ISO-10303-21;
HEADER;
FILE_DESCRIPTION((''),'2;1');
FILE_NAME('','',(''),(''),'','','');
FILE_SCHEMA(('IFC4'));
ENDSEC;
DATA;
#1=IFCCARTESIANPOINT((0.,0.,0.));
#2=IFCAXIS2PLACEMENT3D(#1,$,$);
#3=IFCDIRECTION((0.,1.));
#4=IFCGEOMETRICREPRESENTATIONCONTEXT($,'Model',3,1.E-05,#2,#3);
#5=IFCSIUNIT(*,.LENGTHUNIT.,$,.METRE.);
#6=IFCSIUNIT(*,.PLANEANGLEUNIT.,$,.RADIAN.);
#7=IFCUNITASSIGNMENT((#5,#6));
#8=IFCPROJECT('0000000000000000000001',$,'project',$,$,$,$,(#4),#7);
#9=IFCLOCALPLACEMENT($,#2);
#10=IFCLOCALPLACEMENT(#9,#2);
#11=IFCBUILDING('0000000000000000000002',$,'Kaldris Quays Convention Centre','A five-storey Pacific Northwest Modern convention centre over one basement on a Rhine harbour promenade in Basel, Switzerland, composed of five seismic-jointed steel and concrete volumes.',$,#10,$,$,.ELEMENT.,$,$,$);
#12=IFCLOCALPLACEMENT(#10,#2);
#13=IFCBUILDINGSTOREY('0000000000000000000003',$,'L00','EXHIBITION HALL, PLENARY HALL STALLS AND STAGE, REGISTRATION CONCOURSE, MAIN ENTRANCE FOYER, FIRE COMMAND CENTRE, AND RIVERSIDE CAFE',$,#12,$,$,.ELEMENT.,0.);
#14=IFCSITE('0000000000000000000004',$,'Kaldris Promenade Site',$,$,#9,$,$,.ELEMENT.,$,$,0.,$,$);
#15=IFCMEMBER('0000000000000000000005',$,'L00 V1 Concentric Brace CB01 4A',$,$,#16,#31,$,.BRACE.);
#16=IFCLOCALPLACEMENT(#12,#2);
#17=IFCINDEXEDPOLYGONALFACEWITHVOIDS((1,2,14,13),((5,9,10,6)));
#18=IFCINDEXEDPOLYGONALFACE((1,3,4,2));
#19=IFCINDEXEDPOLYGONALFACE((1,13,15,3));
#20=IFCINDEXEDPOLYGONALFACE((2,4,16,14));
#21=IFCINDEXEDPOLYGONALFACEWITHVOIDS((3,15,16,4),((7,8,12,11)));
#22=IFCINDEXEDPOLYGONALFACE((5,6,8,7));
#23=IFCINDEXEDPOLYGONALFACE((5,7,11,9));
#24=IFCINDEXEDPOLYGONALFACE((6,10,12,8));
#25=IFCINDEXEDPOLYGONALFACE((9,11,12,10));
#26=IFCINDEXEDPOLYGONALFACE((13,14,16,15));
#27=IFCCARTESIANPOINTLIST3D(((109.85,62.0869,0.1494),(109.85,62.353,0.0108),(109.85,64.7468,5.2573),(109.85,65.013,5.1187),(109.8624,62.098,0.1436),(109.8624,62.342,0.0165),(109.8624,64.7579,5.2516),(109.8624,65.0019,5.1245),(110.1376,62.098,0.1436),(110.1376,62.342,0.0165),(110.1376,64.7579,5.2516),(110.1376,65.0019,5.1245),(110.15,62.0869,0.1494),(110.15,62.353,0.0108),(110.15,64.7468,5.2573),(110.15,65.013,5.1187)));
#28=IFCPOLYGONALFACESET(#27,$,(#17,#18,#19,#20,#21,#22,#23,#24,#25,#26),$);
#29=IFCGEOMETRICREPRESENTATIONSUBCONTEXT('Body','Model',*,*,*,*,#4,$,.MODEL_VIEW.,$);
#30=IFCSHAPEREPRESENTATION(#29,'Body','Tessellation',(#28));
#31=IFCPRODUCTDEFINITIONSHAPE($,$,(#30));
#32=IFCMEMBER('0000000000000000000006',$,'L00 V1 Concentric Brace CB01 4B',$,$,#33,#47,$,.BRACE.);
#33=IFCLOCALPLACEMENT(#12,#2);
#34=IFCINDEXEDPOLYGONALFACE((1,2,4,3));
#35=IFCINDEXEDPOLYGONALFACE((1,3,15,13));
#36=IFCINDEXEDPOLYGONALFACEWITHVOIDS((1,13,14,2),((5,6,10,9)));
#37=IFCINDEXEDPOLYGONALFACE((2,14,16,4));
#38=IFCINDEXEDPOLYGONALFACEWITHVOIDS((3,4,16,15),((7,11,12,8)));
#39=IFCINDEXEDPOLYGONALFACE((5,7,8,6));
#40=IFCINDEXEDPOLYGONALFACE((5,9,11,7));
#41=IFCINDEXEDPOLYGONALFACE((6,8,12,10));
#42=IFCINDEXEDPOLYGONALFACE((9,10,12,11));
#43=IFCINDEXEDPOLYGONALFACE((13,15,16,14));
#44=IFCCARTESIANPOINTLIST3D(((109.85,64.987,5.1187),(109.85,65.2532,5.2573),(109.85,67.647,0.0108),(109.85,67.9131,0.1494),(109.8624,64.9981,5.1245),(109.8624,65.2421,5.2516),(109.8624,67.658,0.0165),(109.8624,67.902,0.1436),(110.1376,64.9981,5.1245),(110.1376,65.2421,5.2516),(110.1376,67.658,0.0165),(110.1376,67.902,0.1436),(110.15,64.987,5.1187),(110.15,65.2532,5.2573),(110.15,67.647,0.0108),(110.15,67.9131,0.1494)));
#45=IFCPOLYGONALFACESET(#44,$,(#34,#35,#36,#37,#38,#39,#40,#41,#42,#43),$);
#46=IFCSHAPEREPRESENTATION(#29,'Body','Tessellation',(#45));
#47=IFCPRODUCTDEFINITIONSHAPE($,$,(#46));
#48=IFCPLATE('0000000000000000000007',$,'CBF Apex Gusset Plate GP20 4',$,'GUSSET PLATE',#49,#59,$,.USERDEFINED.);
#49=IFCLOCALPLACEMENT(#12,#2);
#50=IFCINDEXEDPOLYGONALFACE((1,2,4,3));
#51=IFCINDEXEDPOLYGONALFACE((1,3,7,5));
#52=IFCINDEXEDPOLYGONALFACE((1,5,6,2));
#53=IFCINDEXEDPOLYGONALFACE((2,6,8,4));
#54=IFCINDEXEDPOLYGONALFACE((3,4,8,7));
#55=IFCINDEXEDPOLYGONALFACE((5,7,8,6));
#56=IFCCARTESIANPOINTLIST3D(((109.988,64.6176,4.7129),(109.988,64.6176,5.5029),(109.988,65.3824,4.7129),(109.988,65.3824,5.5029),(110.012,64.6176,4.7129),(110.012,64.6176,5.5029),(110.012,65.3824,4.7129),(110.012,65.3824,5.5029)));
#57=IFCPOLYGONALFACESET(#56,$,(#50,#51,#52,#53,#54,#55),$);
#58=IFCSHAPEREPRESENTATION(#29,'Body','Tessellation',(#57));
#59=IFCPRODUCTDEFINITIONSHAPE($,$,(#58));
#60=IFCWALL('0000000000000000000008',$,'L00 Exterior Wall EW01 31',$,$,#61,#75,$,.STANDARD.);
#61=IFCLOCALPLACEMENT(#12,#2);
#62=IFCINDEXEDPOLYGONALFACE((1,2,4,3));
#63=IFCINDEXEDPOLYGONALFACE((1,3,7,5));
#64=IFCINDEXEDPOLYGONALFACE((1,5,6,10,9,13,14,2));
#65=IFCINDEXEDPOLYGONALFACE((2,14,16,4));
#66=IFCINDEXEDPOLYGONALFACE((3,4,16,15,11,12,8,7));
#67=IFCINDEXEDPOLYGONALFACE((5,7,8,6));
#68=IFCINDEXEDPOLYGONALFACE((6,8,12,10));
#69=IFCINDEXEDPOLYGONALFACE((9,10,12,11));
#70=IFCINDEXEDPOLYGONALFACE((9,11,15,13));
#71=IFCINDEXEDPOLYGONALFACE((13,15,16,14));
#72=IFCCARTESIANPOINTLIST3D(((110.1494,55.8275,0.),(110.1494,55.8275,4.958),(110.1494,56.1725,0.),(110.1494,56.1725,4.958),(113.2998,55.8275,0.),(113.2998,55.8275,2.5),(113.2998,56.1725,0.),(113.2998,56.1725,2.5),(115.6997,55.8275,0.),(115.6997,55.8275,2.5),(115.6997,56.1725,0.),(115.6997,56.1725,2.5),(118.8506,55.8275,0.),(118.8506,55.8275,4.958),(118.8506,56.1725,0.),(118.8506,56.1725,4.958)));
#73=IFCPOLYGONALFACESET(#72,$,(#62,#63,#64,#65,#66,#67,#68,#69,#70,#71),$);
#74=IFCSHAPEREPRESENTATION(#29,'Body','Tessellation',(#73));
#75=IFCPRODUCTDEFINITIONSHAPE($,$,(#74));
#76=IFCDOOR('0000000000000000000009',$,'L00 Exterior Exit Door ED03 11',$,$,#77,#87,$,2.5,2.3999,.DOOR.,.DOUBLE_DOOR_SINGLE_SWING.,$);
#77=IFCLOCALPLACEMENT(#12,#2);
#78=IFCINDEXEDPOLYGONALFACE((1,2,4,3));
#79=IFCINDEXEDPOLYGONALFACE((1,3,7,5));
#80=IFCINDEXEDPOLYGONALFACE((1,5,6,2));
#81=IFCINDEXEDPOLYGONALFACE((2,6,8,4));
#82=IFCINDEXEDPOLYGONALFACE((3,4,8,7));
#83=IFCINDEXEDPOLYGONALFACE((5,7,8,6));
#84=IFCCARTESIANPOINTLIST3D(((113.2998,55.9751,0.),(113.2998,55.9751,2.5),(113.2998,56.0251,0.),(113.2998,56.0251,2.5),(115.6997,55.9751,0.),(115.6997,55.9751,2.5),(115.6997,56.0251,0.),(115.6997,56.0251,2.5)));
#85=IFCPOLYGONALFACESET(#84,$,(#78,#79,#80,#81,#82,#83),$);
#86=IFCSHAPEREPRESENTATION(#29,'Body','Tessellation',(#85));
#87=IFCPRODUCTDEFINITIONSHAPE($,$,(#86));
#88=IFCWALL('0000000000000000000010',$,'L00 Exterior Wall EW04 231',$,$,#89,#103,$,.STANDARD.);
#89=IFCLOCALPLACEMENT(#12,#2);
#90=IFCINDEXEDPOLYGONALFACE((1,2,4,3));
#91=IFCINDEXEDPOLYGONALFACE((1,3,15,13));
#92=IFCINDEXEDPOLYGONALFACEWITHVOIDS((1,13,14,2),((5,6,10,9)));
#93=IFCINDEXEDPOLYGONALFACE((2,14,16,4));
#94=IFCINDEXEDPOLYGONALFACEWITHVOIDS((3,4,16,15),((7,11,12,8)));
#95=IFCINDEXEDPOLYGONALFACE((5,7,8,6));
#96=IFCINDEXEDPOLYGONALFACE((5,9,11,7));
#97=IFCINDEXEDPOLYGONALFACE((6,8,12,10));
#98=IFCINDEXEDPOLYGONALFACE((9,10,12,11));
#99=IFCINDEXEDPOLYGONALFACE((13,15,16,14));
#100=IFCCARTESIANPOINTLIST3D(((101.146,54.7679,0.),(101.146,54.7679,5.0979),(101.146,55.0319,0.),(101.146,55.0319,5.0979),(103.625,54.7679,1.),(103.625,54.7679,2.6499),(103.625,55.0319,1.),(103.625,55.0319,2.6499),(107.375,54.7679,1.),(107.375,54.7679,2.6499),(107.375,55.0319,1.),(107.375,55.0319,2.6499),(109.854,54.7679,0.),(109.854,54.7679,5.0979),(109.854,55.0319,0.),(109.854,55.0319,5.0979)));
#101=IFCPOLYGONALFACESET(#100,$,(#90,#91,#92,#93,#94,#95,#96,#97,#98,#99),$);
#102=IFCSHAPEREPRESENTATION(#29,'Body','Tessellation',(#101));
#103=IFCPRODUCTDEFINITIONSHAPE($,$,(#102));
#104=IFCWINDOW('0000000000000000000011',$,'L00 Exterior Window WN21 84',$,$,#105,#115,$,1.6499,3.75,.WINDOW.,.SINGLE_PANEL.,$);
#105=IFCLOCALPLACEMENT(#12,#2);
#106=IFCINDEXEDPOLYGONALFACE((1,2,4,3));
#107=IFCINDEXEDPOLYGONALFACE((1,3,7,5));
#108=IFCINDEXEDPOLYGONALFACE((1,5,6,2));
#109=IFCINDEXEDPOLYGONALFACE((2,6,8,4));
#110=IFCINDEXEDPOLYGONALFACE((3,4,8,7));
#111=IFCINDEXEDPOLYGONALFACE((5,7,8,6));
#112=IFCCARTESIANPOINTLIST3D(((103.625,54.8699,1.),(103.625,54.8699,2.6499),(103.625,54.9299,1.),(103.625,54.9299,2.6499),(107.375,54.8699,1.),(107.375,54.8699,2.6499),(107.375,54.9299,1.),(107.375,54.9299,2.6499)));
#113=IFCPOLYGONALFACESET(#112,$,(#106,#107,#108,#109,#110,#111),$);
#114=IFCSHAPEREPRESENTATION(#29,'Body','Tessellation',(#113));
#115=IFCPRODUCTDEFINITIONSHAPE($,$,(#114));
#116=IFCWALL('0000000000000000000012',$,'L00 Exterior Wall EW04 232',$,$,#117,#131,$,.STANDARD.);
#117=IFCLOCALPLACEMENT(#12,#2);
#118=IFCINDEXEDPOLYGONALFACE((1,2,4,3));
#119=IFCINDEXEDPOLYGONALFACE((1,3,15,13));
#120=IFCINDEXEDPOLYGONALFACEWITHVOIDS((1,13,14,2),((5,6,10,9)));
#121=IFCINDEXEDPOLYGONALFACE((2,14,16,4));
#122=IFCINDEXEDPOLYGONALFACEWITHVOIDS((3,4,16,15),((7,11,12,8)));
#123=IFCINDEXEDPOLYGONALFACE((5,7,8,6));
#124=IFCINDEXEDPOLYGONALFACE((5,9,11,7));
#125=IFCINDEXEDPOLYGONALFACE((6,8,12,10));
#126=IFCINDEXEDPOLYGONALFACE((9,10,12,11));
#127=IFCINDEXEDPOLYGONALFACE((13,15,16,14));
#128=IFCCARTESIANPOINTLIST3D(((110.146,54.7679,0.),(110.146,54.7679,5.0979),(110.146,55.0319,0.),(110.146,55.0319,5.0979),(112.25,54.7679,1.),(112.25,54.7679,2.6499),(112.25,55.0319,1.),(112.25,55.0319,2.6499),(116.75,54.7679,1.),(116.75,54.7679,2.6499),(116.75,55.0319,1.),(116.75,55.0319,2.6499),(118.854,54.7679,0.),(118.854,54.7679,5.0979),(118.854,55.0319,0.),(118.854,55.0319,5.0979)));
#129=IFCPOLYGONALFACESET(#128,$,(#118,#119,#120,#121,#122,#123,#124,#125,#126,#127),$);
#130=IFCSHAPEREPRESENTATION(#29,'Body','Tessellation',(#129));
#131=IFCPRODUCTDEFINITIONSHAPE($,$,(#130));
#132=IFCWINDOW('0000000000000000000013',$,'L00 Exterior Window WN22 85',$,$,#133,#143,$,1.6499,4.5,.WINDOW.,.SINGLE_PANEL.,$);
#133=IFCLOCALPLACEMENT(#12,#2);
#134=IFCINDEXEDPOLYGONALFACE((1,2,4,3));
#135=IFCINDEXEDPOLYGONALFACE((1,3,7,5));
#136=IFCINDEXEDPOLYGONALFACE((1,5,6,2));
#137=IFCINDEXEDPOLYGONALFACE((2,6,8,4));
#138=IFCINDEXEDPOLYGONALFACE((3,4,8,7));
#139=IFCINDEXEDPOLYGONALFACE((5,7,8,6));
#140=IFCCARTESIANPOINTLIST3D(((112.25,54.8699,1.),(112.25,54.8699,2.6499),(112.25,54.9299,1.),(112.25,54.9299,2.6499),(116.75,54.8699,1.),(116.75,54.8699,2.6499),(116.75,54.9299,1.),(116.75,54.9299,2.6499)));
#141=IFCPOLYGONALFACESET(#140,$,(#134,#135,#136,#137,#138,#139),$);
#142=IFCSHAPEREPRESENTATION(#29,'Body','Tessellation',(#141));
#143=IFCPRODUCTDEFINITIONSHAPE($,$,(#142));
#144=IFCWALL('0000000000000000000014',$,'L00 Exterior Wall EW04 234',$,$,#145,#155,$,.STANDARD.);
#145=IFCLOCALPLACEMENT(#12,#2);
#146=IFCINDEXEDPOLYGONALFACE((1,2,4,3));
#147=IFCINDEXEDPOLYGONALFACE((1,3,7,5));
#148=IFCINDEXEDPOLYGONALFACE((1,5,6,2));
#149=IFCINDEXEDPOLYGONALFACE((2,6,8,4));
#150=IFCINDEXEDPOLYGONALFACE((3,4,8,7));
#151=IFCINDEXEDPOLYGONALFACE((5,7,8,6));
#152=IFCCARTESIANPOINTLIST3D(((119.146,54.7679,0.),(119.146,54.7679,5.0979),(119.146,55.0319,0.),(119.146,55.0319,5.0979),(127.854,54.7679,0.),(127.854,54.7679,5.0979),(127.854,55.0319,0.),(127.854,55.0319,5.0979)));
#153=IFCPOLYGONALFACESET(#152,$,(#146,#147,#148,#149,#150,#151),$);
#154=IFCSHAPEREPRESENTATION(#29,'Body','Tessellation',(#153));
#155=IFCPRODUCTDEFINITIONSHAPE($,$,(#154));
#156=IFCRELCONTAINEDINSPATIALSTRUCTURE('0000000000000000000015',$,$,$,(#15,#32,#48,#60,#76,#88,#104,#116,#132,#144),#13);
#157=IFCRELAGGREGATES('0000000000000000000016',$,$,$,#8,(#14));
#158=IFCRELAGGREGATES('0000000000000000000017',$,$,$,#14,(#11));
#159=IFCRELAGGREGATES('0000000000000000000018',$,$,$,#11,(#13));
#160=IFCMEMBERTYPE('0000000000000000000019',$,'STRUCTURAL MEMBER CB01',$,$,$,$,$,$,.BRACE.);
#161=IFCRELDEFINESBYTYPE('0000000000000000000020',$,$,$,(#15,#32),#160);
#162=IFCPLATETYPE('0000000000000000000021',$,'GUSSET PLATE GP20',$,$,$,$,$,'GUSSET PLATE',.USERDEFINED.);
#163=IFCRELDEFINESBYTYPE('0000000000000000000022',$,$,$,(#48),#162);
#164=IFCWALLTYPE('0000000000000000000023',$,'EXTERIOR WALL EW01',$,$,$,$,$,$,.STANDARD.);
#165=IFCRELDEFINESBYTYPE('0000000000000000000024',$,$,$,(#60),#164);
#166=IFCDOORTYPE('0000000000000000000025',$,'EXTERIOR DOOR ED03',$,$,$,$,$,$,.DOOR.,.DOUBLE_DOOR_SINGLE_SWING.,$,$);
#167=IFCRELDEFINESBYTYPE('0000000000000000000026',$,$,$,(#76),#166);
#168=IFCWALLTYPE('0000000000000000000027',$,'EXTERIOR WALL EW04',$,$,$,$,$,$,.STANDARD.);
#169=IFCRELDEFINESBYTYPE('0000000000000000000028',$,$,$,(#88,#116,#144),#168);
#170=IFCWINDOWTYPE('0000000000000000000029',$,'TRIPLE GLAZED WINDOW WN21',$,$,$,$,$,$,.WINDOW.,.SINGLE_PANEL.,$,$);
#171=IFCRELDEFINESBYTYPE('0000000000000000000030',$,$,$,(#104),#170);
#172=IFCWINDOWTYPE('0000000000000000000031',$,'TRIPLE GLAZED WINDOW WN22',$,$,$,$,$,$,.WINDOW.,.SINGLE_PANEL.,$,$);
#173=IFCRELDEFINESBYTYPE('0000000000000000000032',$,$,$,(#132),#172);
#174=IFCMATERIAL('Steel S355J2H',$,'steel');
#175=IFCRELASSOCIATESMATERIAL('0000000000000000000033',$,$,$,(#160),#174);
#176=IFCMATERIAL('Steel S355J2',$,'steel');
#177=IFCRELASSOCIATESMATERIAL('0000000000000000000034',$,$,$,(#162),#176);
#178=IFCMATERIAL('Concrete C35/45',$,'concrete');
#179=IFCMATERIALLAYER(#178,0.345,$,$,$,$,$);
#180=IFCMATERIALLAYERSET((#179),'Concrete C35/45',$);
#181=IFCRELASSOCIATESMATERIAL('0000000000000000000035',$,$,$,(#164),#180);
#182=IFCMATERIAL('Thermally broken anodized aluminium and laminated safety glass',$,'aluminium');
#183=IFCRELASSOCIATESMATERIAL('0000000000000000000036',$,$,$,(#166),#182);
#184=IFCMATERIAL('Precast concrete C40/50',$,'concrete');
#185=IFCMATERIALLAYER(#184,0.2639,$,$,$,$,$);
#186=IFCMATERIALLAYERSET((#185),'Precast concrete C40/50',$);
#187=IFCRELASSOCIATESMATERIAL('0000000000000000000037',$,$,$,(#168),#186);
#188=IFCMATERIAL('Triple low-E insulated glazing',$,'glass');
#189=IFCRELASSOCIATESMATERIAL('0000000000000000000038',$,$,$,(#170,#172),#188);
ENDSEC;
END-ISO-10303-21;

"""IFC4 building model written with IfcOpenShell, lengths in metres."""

from ifc_helpers import new_model, si_unit, direction, frame, frame_2d, origin, origin_2d, place, context, subcontext, project, spatial, rectangle, hollow_rectangle, extrude, material, layer, layer_set, material_profile, profile_set, type_object, element, fill, save


model = new_model("IFC4")

# Units and contexts
model_context = context("Model", 3, precision=1e-05, world=origin(), true_north=direction((0.0, 1.0)))
body_context = subcontext(model_context, "Body", "Model", "MODEL_VIEW")
ifc_project = project(units=[si_unit("LENGTHUNIT", "METRE"), si_unit("PLANEANGLEUNIT", "RADIAN")], contexts=[model_context])

# Site, building, storey
site_placement = place(None, origin())
site = spatial("IfcSite", under=ifc_project, at=site_placement, Name="Kaldris Promenade Site", CompositionType="ELEMENT", RefElevation=0.0)
building_placement = place(site_placement, origin())
building = spatial("IfcBuilding", under=site, at=building_placement, Name="Kaldris Quays Convention Centre", Description="A five-storey Pacific Northwest Modern convention centre over one basement on a Rhine harbour promenade in Basel, Switzerland, composed of five seismic-jointed steel and concrete volumes.", CompositionType="ELEMENT")
storey_placement = place(building_placement, origin())
storey = spatial("IfcBuildingStorey", under=building, at=storey_placement, Name="L00", Description="EXHIBITION HALL, PLENARY HALL STALLS AND STAGE, REGISTRATION CONCOURSE, MAIN ENTRANCE FOYER, FIRE COMMAND CENTRE, AND RIVERSIDE CAFE", CompositionType="ELEMENT", Elevation=0.0)

# Shared definitions
ifc_material_1 = material(Name="Steel S355J2", Category="steel")

# Members
ifc_material_2 = material(Name="Steel S355J2H", Category="steel")
ifc_material_profile_1 = material_profile(ifc_material_2, hollow_rectangle(XDim=0.3, YDim=0.3, WallThickness=0.0125, at=origin_2d()), Name="SHS 300x300x12.5")
ifc_profile_set_1 = profile_set([ifc_material_profile_1], Name="Steel S355J2H")
member_type = type_object("IfcMemberType", Name="STRUCTURAL MEMBER CB01", PredefinedType="BRACE", material=ifc_profile_set_1)
for number, where, z_axis, x_axis, name in (
    (1, (110.0, 62.22, 0.0801), (0.0, 0.461872, 0.886947), (-1.0, 0.0, 0.0), "L00 V1 Concentric Brace CB01 4A"),
    (2, (110.0, 67.78, 0.0801), (0.0, -0.461872, 0.886947), (1.0, 0.0, 0.0), "L00 V1 Concentric Brace CB01 4B"),
):
    element("IfcMember", number, at=place(storey_placement, frame(where, z_axis=z_axis, x_axis=x_axis)), inside=storey, type_object=member_type, Name=name, PredefinedType="BRACE", context=body_context, shape_type="SweptSolid", body=[
        extrude(hollow_rectangle(XDim=0.3, YDim=0.3, WallThickness=0.0125, at=origin_2d()), origin(), (0.0, 0.0, 1.0), 5.759),
    ])

# Plate
plate_type = type_object("IfcPlateType", Name="GUSSET PLATE GP20", ElementType="GUSSET PLATE", PredefinedType="USERDEFINED", material=ifc_material_1)
plate_placement = place(storey_placement, frame((110.0, 65.0, 4.7129), z_axis=(0.0, 0.0, 1.0), x_axis=(1.0, 0.0, 0.0)))
element("IfcPlate", 3, at=plate_placement, inside=storey, type_object=plate_type, Name="CBF Apex Gusset Plate GP20 4", ObjectType="GUSSET PLATE", PredefinedType="USERDEFINED", context=body_context, shape_type="SweptSolid", body=[
    extrude(rectangle(XDim=0.0239, YDim=0.7649, at=origin_2d()), origin(), (0.0, 0.0, 1.0), 0.79),
])

# Wall, opening, door
ifc_material_3 = material(Name="Concrete C35/45", Category="concrete")
ifc_layer_1 = layer(ifc_material_3, 0.345)
ifc_layer_set_1 = layer_set([ifc_layer_1], Name="Concrete C35/45")
wall_type_1 = type_object("IfcWallType", Name="EXTERIOR WALL EW01", PredefinedType="STANDARD", material=ifc_layer_set_1)
ifc_material_4 = material(Name="Thermally broken anodized aluminium and laminated safety glass", Category="aluminium")
wall_1_placement = place(storey_placement, frame((110.1494, 56.0, 0.0), z_axis=(0.0, 0.0, 1.0), x_axis=(1.0, 0.0, 0.0)))
wall_1 = element("IfcWall", 4, at=wall_1_placement, inside=storey, type_object=wall_type_1, Name="L00 Exterior Wall EW01 31", PredefinedType="STANDARD", context=body_context, shape_type="SweptSolid", body=[
    extrude(rectangle(XDim=8.7012, YDim=0.345, at=frame_2d((4.3506, 0.0))), origin(), (0.0, 0.0, 1.0), 4.958),
])
opening_1_placement = place(wall_1_placement, frame((3.1504, 0.0, 0.0)))
opening_1 = element("IfcOpeningElement", 5, at=opening_1_placement, cuts=wall_1, PredefinedType="OPENING", context=body_context, shape_type="SweptSolid", body=[
    extrude(rectangle(XDim=2.3999, YDim=2.5, at=frame_2d((1.2, 1.25))), frame((0.0, 0.1826, 0.0), z_axis=(0.0, -1.0, 0.0), x_axis=(1.0, 0.0, 0.0)), (0.0, 0.0, 1.0), 0.365),
])
door_type_1 = type_object("IfcDoorType", Name="EXTERIOR DOOR ED03", OperationType="DOUBLE_DOOR_SINGLE_SWING", PredefinedType="DOOR", material=ifc_material_4)
door_1_placement = place(opening_1_placement, frame((2.3999, 0.0, 0.0), z_axis=(0.0, 0.0, 1.0), x_axis=(-1.0, 0.0, 0.0)))
door_1 = element("IfcDoor", 6, at=door_1_placement, inside=storey, type_object=door_type_1, Name="L00 Exterior Exit Door ED03 11", OperationType="DOUBLE_DOOR_SINGLE_SWING", OverallHeight=2.5, OverallWidth=2.3999, PredefinedType="DOOR", context=body_context, shape_type="SweptSolid", body=[
    extrude(rectangle(XDim=2.3999, YDim=2.5, at=frame_2d((1.2, 1.25))), frame((0.0, 0.0249, 0.0), z_axis=(0.0, -1.0, 0.0), x_axis=(1.0, 0.0, 0.0)), (0.0, 0.0, 1.0), 0.05),
])
fill(opening_1, door_1)

# Walls, openings, windows
ifc_material_5 = material(Name="Precast concrete C40/50", Category="concrete")
ifc_layer_2 = layer(ifc_material_5, 0.2639)
ifc_layer_set_2 = layer_set([ifc_layer_2], Name="Precast concrete C40/50")
wall_type_2 = type_object("IfcWallType", Name="EXTERIOR WALL EW04", PredefinedType="STANDARD", material=ifc_layer_set_2)
wall_2_placement = place(storey_placement, frame((101.146, 54.8999, 0.0), z_axis=(0.0, 0.0, 1.0), x_axis=(1.0, 0.0, 0.0)))
wall_2 = element("IfcWall", 7, at=wall_2_placement, inside=storey, type_object=wall_type_2, Name="L00 Exterior Wall EW04 231", PredefinedType="STANDARD", context=body_context, shape_type="SweptSolid", body=[
    extrude(rectangle(XDim=8.708, YDim=0.2639, at=frame_2d((4.354, 0.0))), origin(), (0.0, 0.0, 1.0), 5.0979),
])
opening_2_placement = place(wall_2_placement, frame((2.479, 0.0, 1.0)))
opening_2 = element("IfcOpeningElement", 8, at=opening_2_placement, cuts=wall_2, PredefinedType="OPENING", context=body_context, shape_type="SweptSolid", body=[
    extrude(rectangle(XDim=3.75, YDim=1.6499, at=frame_2d((1.875, 0.825))), frame((0.0, 0.1421, 0.0), z_axis=(0.0, -1.0, 0.0), x_axis=(1.0, 0.0, 0.0)), (0.0, 0.0, 1.0), 0.2839),
])
ifc_material_6 = material(Name="Triple low-E insulated glazing", Category="glass")
window_type_1 = type_object("IfcWindowType", Name="TRIPLE GLAZED WINDOW WN21", PartitioningType="SINGLE_PANEL", PredefinedType="WINDOW", material=ifc_material_6)
window_1_placement = place(opening_2_placement, origin())
window_1 = element("IfcWindow", 9, at=window_1_placement, inside=storey, type_object=window_type_1, Name="L00 Exterior Window WN21 84", OverallHeight=1.6499, OverallWidth=3.75, PartitioningType="SINGLE_PANEL", PredefinedType="WINDOW", context=body_context, shape_type="SweptSolid", body=[
    extrude(rectangle(XDim=3.75, YDim=1.6499, at=frame_2d((1.875, 0.825))), frame((0.0, 0.03, 0.0), z_axis=(0.0, -1.0, 0.0), x_axis=(1.0, 0.0, 0.0)), (0.0, 0.0, 1.0), 0.0601),
])
fill(opening_2, window_1)
wall_3_placement = place(storey_placement, frame((110.146, 54.8999, 0.0), z_axis=(0.0, 0.0, 1.0), x_axis=(1.0, 0.0, 0.0)))
wall_3 = element("IfcWall", 10, at=wall_3_placement, inside=storey, type_object=wall_type_2, Name="L00 Exterior Wall EW04 232", PredefinedType="STANDARD", context=body_context, shape_type="SweptSolid", body=[
    extrude(rectangle(XDim=8.708, YDim=0.2639, at=frame_2d((4.354, 0.0))), origin(), (0.0, 0.0, 1.0), 5.0979),
])
opening_3_placement = place(wall_3_placement, frame((2.104, 0.0, 1.0)))
opening_3 = element("IfcOpeningElement", 11, at=opening_3_placement, cuts=wall_3, PredefinedType="OPENING", context=body_context, shape_type="SweptSolid", body=[
    extrude(rectangle(XDim=4.5, YDim=1.6499, at=frame_2d((2.25, 0.825))), frame((0.0, 0.1421, 0.0), z_axis=(0.0, -1.0, 0.0), x_axis=(1.0, 0.0, 0.0)), (0.0, 0.0, 1.0), 0.2839),
])
window_type_2 = type_object("IfcWindowType", Name="TRIPLE GLAZED WINDOW WN22", PartitioningType="SINGLE_PANEL", PredefinedType="WINDOW", material=ifc_material_6)
window_2_placement = place(opening_3_placement, origin())
window_2 = element("IfcWindow", 12, at=window_2_placement, inside=storey, type_object=window_type_2, Name="L00 Exterior Window WN22 85", OverallHeight=1.6499, OverallWidth=4.5, PartitioningType="SINGLE_PANEL", PredefinedType="WINDOW", context=body_context, shape_type="SweptSolid", body=[
    extrude(rectangle(XDim=4.5, YDim=1.6499, at=frame_2d((2.25, 0.825))), frame((0.0, 0.03, 0.0), z_axis=(0.0, -1.0, 0.0), x_axis=(1.0, 0.0, 0.0)), (0.0, 0.0, 1.0), 0.0601),
])
fill(opening_3, window_2)

# Wall
wall_4_placement = place(storey_placement, frame((119.146, 54.8999, 0.0), z_axis=(0.0, 0.0, 1.0), x_axis=(1.0, 0.0, 0.0)))
element("IfcWall", 13, at=wall_4_placement, inside=storey, type_object=wall_type_2, Name="L00 Exterior Wall EW04 234", PredefinedType="STANDARD", context=body_context, shape_type="SweptSolid", body=[
    extrude(rectangle(XDim=8.708, YDim=0.2639, at=frame_2d((4.354, 0.0))), origin(), (0.0, 0.0, 1.0), 5.0979),
])

save(model, "model.ifc")
